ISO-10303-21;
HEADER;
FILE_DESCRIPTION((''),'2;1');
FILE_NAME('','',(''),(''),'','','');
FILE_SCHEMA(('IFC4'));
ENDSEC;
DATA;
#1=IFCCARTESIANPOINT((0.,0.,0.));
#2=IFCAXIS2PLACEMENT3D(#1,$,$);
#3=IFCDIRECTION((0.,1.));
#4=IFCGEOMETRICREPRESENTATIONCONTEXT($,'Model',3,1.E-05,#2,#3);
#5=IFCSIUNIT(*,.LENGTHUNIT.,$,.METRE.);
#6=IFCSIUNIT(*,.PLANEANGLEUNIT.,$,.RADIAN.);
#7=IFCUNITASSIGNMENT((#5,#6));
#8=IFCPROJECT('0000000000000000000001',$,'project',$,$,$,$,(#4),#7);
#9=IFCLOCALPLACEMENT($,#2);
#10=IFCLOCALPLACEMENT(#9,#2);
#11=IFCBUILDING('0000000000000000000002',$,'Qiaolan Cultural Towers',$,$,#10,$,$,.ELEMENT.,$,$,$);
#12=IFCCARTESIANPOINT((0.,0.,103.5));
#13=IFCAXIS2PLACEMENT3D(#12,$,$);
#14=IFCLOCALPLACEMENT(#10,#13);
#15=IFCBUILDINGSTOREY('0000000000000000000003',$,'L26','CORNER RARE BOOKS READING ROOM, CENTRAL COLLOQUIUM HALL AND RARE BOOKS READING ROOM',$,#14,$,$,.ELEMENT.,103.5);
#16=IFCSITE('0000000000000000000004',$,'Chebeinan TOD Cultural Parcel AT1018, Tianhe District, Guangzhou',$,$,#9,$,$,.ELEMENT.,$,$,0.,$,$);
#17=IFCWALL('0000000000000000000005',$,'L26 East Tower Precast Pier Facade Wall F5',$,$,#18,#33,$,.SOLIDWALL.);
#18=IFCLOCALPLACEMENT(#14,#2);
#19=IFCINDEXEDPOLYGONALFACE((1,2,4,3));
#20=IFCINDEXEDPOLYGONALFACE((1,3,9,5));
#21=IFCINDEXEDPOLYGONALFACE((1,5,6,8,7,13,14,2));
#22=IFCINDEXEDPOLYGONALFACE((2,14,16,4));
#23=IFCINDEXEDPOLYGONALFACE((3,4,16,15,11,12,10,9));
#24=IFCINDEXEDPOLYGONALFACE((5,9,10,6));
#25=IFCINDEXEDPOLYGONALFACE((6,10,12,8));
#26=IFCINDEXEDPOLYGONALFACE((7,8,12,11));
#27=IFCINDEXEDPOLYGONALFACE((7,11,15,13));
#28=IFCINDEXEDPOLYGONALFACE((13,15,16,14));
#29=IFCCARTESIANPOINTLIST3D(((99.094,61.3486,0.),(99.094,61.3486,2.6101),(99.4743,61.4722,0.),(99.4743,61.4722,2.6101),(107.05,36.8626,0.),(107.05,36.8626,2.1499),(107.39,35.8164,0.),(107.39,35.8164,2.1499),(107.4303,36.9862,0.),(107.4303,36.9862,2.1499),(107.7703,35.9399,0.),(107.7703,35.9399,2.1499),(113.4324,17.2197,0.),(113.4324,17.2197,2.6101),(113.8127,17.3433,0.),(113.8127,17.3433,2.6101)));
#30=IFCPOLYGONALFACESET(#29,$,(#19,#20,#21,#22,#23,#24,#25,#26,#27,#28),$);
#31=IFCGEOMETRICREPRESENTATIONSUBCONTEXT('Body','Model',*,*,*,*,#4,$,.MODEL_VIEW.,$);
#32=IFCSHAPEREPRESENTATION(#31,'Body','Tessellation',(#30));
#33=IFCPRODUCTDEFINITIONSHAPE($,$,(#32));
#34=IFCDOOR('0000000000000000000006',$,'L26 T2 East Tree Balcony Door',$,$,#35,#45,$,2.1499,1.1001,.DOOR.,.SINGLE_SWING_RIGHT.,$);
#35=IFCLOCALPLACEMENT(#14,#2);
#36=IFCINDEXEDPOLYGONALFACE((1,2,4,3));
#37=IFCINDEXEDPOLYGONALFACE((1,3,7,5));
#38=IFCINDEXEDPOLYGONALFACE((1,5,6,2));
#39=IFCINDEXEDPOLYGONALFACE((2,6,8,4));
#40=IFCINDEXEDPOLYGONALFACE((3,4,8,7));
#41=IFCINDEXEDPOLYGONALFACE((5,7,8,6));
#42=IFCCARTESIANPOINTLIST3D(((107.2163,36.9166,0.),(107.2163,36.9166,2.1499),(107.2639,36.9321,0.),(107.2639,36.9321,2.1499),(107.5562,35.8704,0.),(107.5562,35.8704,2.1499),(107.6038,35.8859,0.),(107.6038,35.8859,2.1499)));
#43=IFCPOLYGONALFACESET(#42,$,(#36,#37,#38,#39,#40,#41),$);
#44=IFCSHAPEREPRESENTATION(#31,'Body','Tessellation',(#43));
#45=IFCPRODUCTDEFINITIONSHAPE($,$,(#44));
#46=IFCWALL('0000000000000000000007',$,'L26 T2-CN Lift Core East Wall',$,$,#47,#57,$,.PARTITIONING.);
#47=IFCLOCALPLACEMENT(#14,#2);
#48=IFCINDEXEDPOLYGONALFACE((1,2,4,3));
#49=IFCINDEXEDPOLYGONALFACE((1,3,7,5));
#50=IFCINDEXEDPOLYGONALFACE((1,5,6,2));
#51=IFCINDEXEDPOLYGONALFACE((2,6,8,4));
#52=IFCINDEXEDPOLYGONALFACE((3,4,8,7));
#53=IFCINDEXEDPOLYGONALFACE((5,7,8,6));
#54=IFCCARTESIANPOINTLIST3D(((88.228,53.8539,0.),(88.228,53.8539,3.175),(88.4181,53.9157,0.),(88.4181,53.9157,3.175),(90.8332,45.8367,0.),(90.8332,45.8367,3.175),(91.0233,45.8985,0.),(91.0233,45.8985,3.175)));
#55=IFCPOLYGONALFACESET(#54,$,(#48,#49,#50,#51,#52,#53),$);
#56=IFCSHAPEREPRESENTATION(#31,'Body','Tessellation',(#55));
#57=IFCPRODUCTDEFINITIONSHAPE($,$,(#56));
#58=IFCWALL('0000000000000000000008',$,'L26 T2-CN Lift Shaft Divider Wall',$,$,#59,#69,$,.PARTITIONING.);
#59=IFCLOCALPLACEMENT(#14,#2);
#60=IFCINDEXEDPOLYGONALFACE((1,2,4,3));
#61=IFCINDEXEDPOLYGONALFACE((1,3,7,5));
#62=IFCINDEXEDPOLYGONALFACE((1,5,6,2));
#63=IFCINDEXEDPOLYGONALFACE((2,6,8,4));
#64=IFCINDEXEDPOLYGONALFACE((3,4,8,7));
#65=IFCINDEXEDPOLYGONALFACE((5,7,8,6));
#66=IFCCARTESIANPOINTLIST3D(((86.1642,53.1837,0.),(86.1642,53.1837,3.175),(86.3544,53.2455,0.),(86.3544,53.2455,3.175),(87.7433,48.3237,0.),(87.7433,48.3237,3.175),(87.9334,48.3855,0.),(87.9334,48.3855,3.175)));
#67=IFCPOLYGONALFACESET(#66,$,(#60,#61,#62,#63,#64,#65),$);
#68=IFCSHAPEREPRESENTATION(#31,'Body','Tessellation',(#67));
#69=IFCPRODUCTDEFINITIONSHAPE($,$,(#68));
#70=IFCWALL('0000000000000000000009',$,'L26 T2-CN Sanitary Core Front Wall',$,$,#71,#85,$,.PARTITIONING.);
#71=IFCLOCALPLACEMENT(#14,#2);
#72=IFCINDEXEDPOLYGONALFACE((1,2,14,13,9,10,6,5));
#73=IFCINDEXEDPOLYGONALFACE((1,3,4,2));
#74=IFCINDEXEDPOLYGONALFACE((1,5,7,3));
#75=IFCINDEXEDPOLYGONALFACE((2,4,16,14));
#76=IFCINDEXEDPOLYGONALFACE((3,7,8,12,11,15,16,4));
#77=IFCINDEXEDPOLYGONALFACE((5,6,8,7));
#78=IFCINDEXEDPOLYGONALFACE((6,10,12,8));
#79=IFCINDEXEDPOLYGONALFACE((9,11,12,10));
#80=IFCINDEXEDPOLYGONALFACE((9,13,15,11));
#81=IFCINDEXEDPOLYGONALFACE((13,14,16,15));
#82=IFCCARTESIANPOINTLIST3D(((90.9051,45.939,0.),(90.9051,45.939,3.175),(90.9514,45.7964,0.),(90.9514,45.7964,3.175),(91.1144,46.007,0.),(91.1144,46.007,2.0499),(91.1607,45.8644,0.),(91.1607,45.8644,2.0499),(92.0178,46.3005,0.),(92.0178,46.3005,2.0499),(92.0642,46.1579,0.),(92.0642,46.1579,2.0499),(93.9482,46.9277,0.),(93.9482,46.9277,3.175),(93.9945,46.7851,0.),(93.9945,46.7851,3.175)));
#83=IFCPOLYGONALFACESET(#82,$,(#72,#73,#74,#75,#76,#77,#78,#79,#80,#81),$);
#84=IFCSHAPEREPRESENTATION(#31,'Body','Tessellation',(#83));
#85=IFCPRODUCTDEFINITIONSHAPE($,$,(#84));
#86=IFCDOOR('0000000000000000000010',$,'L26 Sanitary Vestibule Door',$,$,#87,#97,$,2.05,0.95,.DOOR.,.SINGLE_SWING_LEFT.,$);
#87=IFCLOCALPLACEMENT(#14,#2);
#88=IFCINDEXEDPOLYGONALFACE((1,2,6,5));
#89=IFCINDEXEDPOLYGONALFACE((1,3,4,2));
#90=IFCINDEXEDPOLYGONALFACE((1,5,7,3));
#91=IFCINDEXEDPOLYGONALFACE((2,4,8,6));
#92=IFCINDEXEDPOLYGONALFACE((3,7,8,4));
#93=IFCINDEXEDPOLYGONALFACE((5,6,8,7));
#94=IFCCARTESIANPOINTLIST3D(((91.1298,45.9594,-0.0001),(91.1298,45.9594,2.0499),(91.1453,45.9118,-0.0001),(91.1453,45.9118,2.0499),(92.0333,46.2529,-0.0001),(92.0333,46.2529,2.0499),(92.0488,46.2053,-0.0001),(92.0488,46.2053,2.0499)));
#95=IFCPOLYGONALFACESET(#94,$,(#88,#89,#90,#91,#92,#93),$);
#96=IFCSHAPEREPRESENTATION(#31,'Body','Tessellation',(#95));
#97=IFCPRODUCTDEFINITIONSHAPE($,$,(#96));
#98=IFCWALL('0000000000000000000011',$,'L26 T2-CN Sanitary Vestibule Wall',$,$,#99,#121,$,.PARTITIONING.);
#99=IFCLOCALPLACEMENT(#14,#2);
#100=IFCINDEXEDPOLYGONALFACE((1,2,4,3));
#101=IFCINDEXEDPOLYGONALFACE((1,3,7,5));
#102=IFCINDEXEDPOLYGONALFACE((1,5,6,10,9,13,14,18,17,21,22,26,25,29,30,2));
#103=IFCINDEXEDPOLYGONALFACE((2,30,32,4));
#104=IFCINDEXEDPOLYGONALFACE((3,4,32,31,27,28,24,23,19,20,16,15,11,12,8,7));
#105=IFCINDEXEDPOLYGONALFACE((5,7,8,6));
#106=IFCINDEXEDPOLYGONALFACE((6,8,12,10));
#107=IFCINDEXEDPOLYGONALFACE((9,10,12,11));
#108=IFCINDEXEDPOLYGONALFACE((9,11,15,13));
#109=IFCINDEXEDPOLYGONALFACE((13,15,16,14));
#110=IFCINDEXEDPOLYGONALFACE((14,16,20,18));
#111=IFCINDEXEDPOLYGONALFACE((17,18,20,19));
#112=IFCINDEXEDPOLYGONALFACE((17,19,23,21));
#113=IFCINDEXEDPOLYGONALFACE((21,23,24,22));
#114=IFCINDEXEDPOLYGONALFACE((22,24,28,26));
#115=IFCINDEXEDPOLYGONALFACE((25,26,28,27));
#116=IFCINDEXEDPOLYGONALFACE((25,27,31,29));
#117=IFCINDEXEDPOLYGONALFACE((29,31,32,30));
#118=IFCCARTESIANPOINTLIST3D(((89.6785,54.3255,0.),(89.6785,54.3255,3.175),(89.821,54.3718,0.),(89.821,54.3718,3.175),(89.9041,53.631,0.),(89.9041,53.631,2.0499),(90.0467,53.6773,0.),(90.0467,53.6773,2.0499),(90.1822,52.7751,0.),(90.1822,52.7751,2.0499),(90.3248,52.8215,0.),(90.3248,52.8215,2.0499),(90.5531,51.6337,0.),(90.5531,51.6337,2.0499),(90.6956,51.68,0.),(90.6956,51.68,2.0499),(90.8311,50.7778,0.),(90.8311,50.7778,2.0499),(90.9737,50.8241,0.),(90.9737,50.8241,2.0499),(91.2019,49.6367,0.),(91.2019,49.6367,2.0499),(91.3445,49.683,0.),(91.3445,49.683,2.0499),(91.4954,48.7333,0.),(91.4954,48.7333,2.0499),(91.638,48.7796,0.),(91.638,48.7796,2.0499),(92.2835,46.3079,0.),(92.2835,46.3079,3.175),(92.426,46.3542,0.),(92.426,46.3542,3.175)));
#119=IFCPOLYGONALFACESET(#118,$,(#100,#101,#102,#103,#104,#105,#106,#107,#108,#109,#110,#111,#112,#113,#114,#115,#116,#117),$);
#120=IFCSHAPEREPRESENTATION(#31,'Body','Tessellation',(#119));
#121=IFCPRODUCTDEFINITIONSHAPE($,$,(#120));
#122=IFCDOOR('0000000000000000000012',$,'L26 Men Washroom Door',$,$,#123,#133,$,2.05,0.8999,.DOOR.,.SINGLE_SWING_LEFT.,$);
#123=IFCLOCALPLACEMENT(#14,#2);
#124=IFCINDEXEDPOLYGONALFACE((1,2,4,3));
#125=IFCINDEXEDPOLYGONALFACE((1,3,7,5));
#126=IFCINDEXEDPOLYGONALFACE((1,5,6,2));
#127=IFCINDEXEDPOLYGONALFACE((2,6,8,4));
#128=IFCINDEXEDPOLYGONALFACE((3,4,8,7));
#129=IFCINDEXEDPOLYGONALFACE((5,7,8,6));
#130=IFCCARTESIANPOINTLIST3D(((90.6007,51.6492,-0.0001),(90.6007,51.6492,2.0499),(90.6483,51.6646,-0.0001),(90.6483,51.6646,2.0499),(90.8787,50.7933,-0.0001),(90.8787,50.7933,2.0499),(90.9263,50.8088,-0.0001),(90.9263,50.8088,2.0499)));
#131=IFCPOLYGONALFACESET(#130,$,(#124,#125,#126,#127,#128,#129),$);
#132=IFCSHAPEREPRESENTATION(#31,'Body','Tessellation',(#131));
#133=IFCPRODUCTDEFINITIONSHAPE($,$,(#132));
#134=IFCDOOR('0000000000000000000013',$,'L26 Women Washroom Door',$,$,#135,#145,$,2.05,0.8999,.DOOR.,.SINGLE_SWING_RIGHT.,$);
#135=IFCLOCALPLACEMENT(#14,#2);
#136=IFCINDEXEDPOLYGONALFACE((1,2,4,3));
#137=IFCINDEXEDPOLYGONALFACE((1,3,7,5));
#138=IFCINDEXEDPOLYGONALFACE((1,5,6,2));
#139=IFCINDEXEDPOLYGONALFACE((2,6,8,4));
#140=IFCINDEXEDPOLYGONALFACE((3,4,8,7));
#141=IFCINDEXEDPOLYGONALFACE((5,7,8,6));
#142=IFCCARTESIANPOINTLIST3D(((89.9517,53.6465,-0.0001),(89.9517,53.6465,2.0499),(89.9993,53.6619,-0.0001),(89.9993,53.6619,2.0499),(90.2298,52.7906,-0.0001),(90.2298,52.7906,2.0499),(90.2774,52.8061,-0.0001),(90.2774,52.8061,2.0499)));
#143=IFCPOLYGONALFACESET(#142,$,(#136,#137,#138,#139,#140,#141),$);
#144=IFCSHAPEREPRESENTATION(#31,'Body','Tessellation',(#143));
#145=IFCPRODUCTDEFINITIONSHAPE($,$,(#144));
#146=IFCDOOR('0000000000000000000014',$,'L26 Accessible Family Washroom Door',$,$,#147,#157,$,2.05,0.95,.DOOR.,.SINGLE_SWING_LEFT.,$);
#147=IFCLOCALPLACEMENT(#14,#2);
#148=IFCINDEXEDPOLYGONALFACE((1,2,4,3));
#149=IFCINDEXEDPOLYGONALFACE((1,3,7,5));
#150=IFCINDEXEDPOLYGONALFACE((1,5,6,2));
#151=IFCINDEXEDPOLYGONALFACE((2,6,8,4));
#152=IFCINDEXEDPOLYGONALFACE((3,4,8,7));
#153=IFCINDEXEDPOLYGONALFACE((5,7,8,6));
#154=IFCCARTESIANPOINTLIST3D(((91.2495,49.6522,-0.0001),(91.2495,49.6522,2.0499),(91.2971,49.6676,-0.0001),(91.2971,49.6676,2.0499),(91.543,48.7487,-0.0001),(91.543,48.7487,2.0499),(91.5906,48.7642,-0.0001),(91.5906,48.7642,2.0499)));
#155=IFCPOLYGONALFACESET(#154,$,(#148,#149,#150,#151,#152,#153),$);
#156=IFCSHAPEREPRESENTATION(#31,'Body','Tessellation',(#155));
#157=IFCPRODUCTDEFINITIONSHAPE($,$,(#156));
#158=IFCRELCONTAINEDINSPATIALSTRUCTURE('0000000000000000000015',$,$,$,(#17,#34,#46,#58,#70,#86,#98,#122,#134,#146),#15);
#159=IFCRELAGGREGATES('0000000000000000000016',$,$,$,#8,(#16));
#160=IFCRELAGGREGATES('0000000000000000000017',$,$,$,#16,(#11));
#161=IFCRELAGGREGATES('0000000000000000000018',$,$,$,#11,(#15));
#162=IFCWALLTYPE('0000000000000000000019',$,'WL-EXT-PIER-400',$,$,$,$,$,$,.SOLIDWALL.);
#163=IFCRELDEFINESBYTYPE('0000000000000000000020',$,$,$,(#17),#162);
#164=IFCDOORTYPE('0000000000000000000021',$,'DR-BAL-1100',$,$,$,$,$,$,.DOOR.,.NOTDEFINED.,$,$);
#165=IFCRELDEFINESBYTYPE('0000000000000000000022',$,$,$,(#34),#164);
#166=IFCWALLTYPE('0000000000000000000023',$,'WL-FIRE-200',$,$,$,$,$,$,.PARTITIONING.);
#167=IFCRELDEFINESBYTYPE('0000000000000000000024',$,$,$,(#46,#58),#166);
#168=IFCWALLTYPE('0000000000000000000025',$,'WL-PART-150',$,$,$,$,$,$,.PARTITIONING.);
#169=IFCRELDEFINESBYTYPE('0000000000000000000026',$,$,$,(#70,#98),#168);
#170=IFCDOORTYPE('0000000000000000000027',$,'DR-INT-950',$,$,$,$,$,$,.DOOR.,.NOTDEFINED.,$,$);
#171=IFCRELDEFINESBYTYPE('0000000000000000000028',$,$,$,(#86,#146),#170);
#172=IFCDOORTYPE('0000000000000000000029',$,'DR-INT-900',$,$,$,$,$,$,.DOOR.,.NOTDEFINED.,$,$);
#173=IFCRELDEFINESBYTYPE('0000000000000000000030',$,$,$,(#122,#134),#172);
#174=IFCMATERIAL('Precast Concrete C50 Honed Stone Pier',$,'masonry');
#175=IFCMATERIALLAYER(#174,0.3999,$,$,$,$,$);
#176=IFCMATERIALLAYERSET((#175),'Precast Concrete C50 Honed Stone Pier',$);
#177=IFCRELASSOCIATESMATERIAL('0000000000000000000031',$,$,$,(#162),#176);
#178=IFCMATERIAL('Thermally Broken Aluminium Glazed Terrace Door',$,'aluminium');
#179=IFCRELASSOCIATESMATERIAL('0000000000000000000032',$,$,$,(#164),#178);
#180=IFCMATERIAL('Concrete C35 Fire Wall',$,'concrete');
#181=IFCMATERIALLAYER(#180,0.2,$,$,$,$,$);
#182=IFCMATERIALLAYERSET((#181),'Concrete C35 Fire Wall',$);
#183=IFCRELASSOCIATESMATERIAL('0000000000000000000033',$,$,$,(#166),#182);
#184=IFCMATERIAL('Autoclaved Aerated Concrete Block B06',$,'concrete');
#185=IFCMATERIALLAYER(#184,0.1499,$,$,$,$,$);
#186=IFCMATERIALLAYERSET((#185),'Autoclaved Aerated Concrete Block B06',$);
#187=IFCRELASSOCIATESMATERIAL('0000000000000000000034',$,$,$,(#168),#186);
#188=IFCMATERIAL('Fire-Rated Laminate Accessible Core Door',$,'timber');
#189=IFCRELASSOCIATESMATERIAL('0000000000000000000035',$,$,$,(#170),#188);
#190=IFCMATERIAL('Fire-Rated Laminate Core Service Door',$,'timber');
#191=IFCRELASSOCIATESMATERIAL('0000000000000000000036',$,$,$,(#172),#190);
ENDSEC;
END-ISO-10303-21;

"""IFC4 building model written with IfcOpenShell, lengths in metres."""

from ifc_helpers import new_model, si_unit, direction, frame, frame_2d, origin, place, context, subcontext, project, spatial, rectangle, extrude, material, layer, layer_set, type_object, element, fill, save


model = new_model("IFC4")

# Units and contexts
model_context = context("Model", 3, precision=1e-05, world=origin(), true_north=direction((0.0, 1.0)))
body_context = subcontext(model_context, "Body", "Model", "MODEL_VIEW")
ifc_project = project(units=[si_unit("LENGTHUNIT", "METRE"), si_unit("PLANEANGLEUNIT", "RADIAN")], contexts=[model_context])

# Site, building, storey
site_placement = place(None, origin())
site = spatial("IfcSite", under=ifc_project, at=site_placement, Name="Chebeinan TOD Cultural Parcel AT1018, Tianhe District, Guangzhou", CompositionType="ELEMENT", RefElevation=0.0)
building_placement = place(site_placement, origin())
building = spatial("IfcBuilding", under=site, at=building_placement, Name="Qiaolan Cultural Towers", CompositionType="ELEMENT")
storey_placement = place(building_placement, frame((0.0, 0.0, 103.5)))
storey = spatial("IfcBuildingStorey", under=building, at=storey_placement, Name="L26", Description="CORNER RARE BOOKS READING ROOM, CENTRAL COLLOQUIUM HALL AND RARE BOOKS READING ROOM", CompositionType="ELEMENT", Elevation=103.5)

# Shared definitions
ifc_material_1 = material(Name="Precast Concrete C50 Honed Stone Pier", Category="masonry")
ifc_layer_1 = layer(ifc_material_1, 0.3999)
ifc_layer_set_1 = layer_set([ifc_layer_1], Name="Precast Concrete C50 Honed Stone Pier")
wall_type_1 = type_object("IfcWallType", Name="WL-EXT-PIER-400", PredefinedType="SOLIDWALL", material=ifc_layer_set_1)

# Wall, opening, door
wall_1_placement = place(storey_placement, frame((99.2842, 61.4104, 0.0), z_axis=(0.0, 0.0, 1.0), x_axis=(0.309018, -0.951056, 0.0)))
wall_1 = element("IfcWall", 1, at=wall_1_placement, inside=storey, type_object=wall_type_1, Name="L26 East Tower Precast Pier Facade Wall F5", PredefinedType="SOLIDWALL", context=body_context, shape_type="SweptSolid", body=[
    extrude(rectangle(XDim=46.3999, YDim=0.3999, at=frame_2d((23.2, 0.0))), origin(), (0.0, 0.0, 1.0), 2.6101),
])
opening_1_placement = place(wall_1_placement, frame((25.7461, 0.0, 0.0)))
opening_1 = element("IfcOpeningElement", 2, at=opening_1_placement, cuts=wall_1, PredefinedType="OPENING", context=body_context, shape_type="SweptSolid", body=[
    extrude(rectangle(XDim=1.1001, YDim=2.1499, at=frame_2d((0.55, 1.075))), frame((0.0, 0.21, 0.0), z_axis=(0.0, -1.0, 0.0), x_axis=(1.0, 0.0, 0.0)), (0.0, 0.0, 1.0), 0.4199),
])
ifc_material_2 = material(Name="Thermally Broken Aluminium Glazed Terrace Door", Category="aluminium")
door_type_1 = type_object("IfcDoorType", Name="DR-BAL-1100", OperationType="NOTDEFINED", PredefinedType="DOOR", material=ifc_material_2)
door_1_placement = place(opening_1_placement, origin())
door_1 = element("IfcDoor", 3, at=door_1_placement, inside=storey, type_object=door_type_1, Name="L26 T2 East Tree Balcony Door", OperationType="SINGLE_SWING_RIGHT", OverallHeight=2.1499, OverallWidth=1.1001, PredefinedType="DOOR", context=body_context, shape_type="SweptSolid", body=[
    extrude(rectangle(XDim=1.1001, YDim=2.1499, at=frame_2d((0.55, 1.075))), frame((0.0, 0.0249, 0.0), z_axis=(0.0, -1.0, 0.0), x_axis=(1.0, 0.0, 0.0)), (0.0, 0.0, 1.0), 0.05),
])
fill(opening_1, door_1)

# Walls
ifc_material_3 = material(Name="Concrete C35 Fire Wall", Category="concrete")
ifc_layer_2 = layer(ifc_material_3, 0.2)
ifc_layer_set_2 = layer_set([ifc_layer_2], Name="Concrete C35 Fire Wall")
wall_type_2 = type_object("IfcWallType", Name="WL-FIRE-200", PredefinedType="PARTITIONING", material=ifc_layer_set_2)
wall_2_placement = place(storey_placement, frame((90.9282, 45.8677, 0.0), z_axis=(0.0, 0.0, 1.0), x_axis=(-0.309042, 0.951048, 0.0)))
element("IfcWall", 4, at=wall_2_placement, inside=storey, type_object=wall_type_2, Name="L26 T2-CN Lift Core East Wall", PredefinedType="PARTITIONING", context=body_context, shape_type="SweptSolid", body=[
    extrude(rectangle(XDim=8.4299, YDim=0.2, at=frame_2d((4.2148, 0.0))), origin(), (0.0, 0.0, 1.0), 3.175),
])
wall_3_placement = place(storey_placement, frame((87.8384, 48.3545, 0.0), z_axis=(0.0, 0.0, 1.0), x_axis=(-0.309009, 0.951059, 0.0)))
element("IfcWall", 5, at=wall_3_placement, inside=storey, type_object=wall_type_2, Name="L26 T2-CN Lift Shaft Divider Wall", PredefinedType="PARTITIONING", context=body_context, shape_type="SweptSolid", body=[
    extrude(rectangle(XDim=5.1101, YDim=0.2, at=frame_2d((2.5552, 0.0))), origin(), (0.0, 0.0, 1.0), 3.175),
])

# Wall, opening, door
ifc_material_4 = material(Name="Autoclaved Aerated Concrete Block B06", Category="concrete")
ifc_layer_3 = layer(ifc_material_4, 0.1499)
ifc_layer_set_3 = layer_set([ifc_layer_3], Name="Autoclaved Aerated Concrete Block B06")
wall_type_3 = type_object("IfcWallType", Name="WL-PART-150", PredefinedType="PARTITIONING", material=ifc_layer_set_3)
wall_4_placement = place(storey_placement, frame((90.9282, 45.8677, 0.0), z_axis=(0.0, 0.0, 1.0), x_axis=(0.951059, 0.309008, 0.0)))
wall_4 = element("IfcWall", 6, at=wall_4_placement, inside=storey, type_object=wall_type_3, Name="L26 T2-CN Sanitary Core Front Wall", PredefinedType="PARTITIONING", context=body_context, shape_type="SweptSolid", body=[
    extrude(rectangle(XDim=3.1997, YDim=0.1499, at=frame_2d((1.5999, 0.0))), origin(), (0.0, 0.0, 1.0), 3.175),
])
opening_2_placement = place(wall_4_placement, frame((0.22, 0.0, 0.0)))
opening_2 = element("IfcOpeningElement", 7, at=opening_2_placement, cuts=wall_4, PredefinedType="OPENING", context=body_context, shape_type="SweptSolid", body=[
    extrude(rectangle(XDim=0.95, YDim=2.05, at=frame_2d((0.4751, 1.0249))), frame((0.0, 0.085, 0.0), z_axis=(0.0, -1.0, 0.0), x_axis=(1.0, 0.0, 0.0)), (0.0, 0.0, 1.0), 0.1699),
])
ifc_material_5 = material(Name="Fire-Rated Laminate Accessible Core Door", Category="timber")
door_type_2 = type_object("IfcDoorType", Name="DR-INT-950", OperationType="NOTDEFINED", PredefinedType="DOOR", material=ifc_material_5)
door_2_placement = place(opening_2_placement, origin())
door_2 = element("IfcDoor", 8, at=door_2_placement, inside=storey, type_object=door_type_2, Name="L26 Sanitary Vestibule Door", OperationType="SINGLE_SWING_LEFT", OverallHeight=2.05, OverallWidth=0.95, PredefinedType="DOOR", context=body_context, shape_type="SweptSolid", body=[
    extrude(rectangle(XDim=0.95, YDim=2.05, at=frame_2d((0.4751, 1.0249))), frame((0.0, 0.0249, 0.0), z_axis=(0.0, -1.0, 0.0), x_axis=(1.0, 0.0, 0.0)), (0.0, 0.0, 1.0), 0.05),
])
fill(opening_2, door_2)

# Wall, openings, doors
wall_5_placement = place(storey_placement, frame((92.3547, 46.3311, 0.0), z_axis=(0.0, 0.0, 1.0), x_axis=(-0.309007, 0.95106, 0.0)))
wall_5 = element("IfcWall", 9, at=wall_5_placement, inside=storey, type_object=wall_type_3, Name="L26 T2-CN Sanitary Vestibule Wall", PredefinedType="PARTITIONING", context=body_context, shape_type="SweptSolid", body=[
    extrude(rectangle(XDim=8.4302, YDim=0.1499, at=frame_2d((4.2151, 0.0))), origin(), (0.0, 0.0, 1.0), 3.175),
])
opening_3_placement = place(wall_5_placement, frame((2.55, 0.0, 0.0)))
opening_3 = element("IfcOpeningElement", 10, at=opening_3_placement, cuts=wall_5, PredefinedType="OPENING", context=body_context, shape_type="SweptSolid", body=[
    extrude(rectangle(XDim=0.95, YDim=2.05, at=frame_2d((0.4751, 1.0249))), frame((0.0, 0.085, 0.0), z_axis=(0.0, -1.0, 0.0), x_axis=(1.0, 0.0, 0.0)), (0.0, 0.0, 1.0), 0.1699),
])
opening_4_placement = place(wall_5_placement, frame((4.7, 0.0, 0.0)))
opening_4 = element("IfcOpeningElement", 11, at=opening_4_placement, cuts=wall_5, PredefinedType="OPENING", context=body_context, shape_type="SweptSolid", body=[
    extrude(rectangle(XDim=0.8999, YDim=2.05, at=frame_2d((0.45, 1.0249))), frame((0.0, 0.085, 0.0), z_axis=(0.0, -1.0, 0.0), x_axis=(1.0, 0.0, 0.0)), (0.0, 0.0, 1.0), 0.1699),
])
opening_5_placement = place(wall_5_placement, frame((6.8, 0.0, 0.0)))
opening_5 = element("IfcOpeningElement", 12, at=opening_5_placement, cuts=wall_5, PredefinedType="OPENING", context=body_context, shape_type="SweptSolid", body=[
    extrude(rectangle(XDim=0.8999, YDim=2.05, at=frame_2d((0.45, 1.0249))), frame((0.0, 0.085, 0.0), z_axis=(0.0, -1.0, 0.0), x_axis=(1.0, 0.0, 0.0)), (0.0, 0.0, 1.0), 0.1699),
])
ifc_material_6 = material(Name="Fire-Rated Laminate Core Service Door", Category="timber")
door_type_3 = type_object("IfcDoorType", Name="DR-INT-900", OperationType="NOTDEFINED", PredefinedType="DOOR", material=ifc_material_6)
door_3_placement = place(opening_4_placement, origin())
door_3 = element("IfcDoor", 13, at=door_3_placement, inside=storey, type_object=door_type_3, Name="L26 Men Washroom Door", OperationType="SINGLE_SWING_LEFT", OverallHeight=2.05, OverallWidth=0.8999, PredefinedType="DOOR", context=body_context, shape_type="SweptSolid", body=[
    extrude(rectangle(XDim=0.8999, YDim=2.05, at=frame_2d((0.45, 1.0249))), frame((0.0, 0.0249, 0.0), z_axis=(0.0, -1.0, 0.0), x_axis=(1.0, 0.0, 0.0)), (0.0, 0.0, 1.0), 0.05),
])
fill(opening_4, door_3)
door_4_placement = place(opening_5_placement, origin())
door_4 = element("IfcDoor", 14, at=door_4_placement, inside=storey, type_object=door_type_3, Name="L26 Women Washroom Door", OperationType="SINGLE_SWING_RIGHT", OverallHeight=2.05, OverallWidth=0.8999, PredefinedType="DOOR", context=body_context, shape_type="SweptSolid", body=[
    extrude(rectangle(XDim=0.8999, YDim=2.05, at=frame_2d((0.45, 1.0249))), frame((0.0, 0.0249, 0.0), z_axis=(0.0, -1.0, 0.0), x_axis=(1.0, 0.0, 0.0)), (0.0, 0.0, 1.0), 0.05),
])
fill(opening_5, door_4)
door_5_placement = place(opening_3_placement, origin())
door_5 = element("IfcDoor", 15, at=door_5_placement, inside=storey, type_object=door_type_2, Name="L26 Accessible Family Washroom Door", OperationType="SINGLE_SWING_LEFT", OverallHeight=2.05, OverallWidth=0.95, PredefinedType="DOOR", context=body_context, shape_type="SweptSolid", body=[
    extrude(rectangle(XDim=0.95, YDim=2.05, at=frame_2d((0.4751, 1.0249))), frame((0.0, 0.0249, 0.0), z_axis=(0.0, -1.0, 0.0), x_axis=(1.0, 0.0, 0.0)), (0.0, 0.0, 1.0), 0.05),
])
fill(opening_3, door_5)

save(model, "model.ifc")
